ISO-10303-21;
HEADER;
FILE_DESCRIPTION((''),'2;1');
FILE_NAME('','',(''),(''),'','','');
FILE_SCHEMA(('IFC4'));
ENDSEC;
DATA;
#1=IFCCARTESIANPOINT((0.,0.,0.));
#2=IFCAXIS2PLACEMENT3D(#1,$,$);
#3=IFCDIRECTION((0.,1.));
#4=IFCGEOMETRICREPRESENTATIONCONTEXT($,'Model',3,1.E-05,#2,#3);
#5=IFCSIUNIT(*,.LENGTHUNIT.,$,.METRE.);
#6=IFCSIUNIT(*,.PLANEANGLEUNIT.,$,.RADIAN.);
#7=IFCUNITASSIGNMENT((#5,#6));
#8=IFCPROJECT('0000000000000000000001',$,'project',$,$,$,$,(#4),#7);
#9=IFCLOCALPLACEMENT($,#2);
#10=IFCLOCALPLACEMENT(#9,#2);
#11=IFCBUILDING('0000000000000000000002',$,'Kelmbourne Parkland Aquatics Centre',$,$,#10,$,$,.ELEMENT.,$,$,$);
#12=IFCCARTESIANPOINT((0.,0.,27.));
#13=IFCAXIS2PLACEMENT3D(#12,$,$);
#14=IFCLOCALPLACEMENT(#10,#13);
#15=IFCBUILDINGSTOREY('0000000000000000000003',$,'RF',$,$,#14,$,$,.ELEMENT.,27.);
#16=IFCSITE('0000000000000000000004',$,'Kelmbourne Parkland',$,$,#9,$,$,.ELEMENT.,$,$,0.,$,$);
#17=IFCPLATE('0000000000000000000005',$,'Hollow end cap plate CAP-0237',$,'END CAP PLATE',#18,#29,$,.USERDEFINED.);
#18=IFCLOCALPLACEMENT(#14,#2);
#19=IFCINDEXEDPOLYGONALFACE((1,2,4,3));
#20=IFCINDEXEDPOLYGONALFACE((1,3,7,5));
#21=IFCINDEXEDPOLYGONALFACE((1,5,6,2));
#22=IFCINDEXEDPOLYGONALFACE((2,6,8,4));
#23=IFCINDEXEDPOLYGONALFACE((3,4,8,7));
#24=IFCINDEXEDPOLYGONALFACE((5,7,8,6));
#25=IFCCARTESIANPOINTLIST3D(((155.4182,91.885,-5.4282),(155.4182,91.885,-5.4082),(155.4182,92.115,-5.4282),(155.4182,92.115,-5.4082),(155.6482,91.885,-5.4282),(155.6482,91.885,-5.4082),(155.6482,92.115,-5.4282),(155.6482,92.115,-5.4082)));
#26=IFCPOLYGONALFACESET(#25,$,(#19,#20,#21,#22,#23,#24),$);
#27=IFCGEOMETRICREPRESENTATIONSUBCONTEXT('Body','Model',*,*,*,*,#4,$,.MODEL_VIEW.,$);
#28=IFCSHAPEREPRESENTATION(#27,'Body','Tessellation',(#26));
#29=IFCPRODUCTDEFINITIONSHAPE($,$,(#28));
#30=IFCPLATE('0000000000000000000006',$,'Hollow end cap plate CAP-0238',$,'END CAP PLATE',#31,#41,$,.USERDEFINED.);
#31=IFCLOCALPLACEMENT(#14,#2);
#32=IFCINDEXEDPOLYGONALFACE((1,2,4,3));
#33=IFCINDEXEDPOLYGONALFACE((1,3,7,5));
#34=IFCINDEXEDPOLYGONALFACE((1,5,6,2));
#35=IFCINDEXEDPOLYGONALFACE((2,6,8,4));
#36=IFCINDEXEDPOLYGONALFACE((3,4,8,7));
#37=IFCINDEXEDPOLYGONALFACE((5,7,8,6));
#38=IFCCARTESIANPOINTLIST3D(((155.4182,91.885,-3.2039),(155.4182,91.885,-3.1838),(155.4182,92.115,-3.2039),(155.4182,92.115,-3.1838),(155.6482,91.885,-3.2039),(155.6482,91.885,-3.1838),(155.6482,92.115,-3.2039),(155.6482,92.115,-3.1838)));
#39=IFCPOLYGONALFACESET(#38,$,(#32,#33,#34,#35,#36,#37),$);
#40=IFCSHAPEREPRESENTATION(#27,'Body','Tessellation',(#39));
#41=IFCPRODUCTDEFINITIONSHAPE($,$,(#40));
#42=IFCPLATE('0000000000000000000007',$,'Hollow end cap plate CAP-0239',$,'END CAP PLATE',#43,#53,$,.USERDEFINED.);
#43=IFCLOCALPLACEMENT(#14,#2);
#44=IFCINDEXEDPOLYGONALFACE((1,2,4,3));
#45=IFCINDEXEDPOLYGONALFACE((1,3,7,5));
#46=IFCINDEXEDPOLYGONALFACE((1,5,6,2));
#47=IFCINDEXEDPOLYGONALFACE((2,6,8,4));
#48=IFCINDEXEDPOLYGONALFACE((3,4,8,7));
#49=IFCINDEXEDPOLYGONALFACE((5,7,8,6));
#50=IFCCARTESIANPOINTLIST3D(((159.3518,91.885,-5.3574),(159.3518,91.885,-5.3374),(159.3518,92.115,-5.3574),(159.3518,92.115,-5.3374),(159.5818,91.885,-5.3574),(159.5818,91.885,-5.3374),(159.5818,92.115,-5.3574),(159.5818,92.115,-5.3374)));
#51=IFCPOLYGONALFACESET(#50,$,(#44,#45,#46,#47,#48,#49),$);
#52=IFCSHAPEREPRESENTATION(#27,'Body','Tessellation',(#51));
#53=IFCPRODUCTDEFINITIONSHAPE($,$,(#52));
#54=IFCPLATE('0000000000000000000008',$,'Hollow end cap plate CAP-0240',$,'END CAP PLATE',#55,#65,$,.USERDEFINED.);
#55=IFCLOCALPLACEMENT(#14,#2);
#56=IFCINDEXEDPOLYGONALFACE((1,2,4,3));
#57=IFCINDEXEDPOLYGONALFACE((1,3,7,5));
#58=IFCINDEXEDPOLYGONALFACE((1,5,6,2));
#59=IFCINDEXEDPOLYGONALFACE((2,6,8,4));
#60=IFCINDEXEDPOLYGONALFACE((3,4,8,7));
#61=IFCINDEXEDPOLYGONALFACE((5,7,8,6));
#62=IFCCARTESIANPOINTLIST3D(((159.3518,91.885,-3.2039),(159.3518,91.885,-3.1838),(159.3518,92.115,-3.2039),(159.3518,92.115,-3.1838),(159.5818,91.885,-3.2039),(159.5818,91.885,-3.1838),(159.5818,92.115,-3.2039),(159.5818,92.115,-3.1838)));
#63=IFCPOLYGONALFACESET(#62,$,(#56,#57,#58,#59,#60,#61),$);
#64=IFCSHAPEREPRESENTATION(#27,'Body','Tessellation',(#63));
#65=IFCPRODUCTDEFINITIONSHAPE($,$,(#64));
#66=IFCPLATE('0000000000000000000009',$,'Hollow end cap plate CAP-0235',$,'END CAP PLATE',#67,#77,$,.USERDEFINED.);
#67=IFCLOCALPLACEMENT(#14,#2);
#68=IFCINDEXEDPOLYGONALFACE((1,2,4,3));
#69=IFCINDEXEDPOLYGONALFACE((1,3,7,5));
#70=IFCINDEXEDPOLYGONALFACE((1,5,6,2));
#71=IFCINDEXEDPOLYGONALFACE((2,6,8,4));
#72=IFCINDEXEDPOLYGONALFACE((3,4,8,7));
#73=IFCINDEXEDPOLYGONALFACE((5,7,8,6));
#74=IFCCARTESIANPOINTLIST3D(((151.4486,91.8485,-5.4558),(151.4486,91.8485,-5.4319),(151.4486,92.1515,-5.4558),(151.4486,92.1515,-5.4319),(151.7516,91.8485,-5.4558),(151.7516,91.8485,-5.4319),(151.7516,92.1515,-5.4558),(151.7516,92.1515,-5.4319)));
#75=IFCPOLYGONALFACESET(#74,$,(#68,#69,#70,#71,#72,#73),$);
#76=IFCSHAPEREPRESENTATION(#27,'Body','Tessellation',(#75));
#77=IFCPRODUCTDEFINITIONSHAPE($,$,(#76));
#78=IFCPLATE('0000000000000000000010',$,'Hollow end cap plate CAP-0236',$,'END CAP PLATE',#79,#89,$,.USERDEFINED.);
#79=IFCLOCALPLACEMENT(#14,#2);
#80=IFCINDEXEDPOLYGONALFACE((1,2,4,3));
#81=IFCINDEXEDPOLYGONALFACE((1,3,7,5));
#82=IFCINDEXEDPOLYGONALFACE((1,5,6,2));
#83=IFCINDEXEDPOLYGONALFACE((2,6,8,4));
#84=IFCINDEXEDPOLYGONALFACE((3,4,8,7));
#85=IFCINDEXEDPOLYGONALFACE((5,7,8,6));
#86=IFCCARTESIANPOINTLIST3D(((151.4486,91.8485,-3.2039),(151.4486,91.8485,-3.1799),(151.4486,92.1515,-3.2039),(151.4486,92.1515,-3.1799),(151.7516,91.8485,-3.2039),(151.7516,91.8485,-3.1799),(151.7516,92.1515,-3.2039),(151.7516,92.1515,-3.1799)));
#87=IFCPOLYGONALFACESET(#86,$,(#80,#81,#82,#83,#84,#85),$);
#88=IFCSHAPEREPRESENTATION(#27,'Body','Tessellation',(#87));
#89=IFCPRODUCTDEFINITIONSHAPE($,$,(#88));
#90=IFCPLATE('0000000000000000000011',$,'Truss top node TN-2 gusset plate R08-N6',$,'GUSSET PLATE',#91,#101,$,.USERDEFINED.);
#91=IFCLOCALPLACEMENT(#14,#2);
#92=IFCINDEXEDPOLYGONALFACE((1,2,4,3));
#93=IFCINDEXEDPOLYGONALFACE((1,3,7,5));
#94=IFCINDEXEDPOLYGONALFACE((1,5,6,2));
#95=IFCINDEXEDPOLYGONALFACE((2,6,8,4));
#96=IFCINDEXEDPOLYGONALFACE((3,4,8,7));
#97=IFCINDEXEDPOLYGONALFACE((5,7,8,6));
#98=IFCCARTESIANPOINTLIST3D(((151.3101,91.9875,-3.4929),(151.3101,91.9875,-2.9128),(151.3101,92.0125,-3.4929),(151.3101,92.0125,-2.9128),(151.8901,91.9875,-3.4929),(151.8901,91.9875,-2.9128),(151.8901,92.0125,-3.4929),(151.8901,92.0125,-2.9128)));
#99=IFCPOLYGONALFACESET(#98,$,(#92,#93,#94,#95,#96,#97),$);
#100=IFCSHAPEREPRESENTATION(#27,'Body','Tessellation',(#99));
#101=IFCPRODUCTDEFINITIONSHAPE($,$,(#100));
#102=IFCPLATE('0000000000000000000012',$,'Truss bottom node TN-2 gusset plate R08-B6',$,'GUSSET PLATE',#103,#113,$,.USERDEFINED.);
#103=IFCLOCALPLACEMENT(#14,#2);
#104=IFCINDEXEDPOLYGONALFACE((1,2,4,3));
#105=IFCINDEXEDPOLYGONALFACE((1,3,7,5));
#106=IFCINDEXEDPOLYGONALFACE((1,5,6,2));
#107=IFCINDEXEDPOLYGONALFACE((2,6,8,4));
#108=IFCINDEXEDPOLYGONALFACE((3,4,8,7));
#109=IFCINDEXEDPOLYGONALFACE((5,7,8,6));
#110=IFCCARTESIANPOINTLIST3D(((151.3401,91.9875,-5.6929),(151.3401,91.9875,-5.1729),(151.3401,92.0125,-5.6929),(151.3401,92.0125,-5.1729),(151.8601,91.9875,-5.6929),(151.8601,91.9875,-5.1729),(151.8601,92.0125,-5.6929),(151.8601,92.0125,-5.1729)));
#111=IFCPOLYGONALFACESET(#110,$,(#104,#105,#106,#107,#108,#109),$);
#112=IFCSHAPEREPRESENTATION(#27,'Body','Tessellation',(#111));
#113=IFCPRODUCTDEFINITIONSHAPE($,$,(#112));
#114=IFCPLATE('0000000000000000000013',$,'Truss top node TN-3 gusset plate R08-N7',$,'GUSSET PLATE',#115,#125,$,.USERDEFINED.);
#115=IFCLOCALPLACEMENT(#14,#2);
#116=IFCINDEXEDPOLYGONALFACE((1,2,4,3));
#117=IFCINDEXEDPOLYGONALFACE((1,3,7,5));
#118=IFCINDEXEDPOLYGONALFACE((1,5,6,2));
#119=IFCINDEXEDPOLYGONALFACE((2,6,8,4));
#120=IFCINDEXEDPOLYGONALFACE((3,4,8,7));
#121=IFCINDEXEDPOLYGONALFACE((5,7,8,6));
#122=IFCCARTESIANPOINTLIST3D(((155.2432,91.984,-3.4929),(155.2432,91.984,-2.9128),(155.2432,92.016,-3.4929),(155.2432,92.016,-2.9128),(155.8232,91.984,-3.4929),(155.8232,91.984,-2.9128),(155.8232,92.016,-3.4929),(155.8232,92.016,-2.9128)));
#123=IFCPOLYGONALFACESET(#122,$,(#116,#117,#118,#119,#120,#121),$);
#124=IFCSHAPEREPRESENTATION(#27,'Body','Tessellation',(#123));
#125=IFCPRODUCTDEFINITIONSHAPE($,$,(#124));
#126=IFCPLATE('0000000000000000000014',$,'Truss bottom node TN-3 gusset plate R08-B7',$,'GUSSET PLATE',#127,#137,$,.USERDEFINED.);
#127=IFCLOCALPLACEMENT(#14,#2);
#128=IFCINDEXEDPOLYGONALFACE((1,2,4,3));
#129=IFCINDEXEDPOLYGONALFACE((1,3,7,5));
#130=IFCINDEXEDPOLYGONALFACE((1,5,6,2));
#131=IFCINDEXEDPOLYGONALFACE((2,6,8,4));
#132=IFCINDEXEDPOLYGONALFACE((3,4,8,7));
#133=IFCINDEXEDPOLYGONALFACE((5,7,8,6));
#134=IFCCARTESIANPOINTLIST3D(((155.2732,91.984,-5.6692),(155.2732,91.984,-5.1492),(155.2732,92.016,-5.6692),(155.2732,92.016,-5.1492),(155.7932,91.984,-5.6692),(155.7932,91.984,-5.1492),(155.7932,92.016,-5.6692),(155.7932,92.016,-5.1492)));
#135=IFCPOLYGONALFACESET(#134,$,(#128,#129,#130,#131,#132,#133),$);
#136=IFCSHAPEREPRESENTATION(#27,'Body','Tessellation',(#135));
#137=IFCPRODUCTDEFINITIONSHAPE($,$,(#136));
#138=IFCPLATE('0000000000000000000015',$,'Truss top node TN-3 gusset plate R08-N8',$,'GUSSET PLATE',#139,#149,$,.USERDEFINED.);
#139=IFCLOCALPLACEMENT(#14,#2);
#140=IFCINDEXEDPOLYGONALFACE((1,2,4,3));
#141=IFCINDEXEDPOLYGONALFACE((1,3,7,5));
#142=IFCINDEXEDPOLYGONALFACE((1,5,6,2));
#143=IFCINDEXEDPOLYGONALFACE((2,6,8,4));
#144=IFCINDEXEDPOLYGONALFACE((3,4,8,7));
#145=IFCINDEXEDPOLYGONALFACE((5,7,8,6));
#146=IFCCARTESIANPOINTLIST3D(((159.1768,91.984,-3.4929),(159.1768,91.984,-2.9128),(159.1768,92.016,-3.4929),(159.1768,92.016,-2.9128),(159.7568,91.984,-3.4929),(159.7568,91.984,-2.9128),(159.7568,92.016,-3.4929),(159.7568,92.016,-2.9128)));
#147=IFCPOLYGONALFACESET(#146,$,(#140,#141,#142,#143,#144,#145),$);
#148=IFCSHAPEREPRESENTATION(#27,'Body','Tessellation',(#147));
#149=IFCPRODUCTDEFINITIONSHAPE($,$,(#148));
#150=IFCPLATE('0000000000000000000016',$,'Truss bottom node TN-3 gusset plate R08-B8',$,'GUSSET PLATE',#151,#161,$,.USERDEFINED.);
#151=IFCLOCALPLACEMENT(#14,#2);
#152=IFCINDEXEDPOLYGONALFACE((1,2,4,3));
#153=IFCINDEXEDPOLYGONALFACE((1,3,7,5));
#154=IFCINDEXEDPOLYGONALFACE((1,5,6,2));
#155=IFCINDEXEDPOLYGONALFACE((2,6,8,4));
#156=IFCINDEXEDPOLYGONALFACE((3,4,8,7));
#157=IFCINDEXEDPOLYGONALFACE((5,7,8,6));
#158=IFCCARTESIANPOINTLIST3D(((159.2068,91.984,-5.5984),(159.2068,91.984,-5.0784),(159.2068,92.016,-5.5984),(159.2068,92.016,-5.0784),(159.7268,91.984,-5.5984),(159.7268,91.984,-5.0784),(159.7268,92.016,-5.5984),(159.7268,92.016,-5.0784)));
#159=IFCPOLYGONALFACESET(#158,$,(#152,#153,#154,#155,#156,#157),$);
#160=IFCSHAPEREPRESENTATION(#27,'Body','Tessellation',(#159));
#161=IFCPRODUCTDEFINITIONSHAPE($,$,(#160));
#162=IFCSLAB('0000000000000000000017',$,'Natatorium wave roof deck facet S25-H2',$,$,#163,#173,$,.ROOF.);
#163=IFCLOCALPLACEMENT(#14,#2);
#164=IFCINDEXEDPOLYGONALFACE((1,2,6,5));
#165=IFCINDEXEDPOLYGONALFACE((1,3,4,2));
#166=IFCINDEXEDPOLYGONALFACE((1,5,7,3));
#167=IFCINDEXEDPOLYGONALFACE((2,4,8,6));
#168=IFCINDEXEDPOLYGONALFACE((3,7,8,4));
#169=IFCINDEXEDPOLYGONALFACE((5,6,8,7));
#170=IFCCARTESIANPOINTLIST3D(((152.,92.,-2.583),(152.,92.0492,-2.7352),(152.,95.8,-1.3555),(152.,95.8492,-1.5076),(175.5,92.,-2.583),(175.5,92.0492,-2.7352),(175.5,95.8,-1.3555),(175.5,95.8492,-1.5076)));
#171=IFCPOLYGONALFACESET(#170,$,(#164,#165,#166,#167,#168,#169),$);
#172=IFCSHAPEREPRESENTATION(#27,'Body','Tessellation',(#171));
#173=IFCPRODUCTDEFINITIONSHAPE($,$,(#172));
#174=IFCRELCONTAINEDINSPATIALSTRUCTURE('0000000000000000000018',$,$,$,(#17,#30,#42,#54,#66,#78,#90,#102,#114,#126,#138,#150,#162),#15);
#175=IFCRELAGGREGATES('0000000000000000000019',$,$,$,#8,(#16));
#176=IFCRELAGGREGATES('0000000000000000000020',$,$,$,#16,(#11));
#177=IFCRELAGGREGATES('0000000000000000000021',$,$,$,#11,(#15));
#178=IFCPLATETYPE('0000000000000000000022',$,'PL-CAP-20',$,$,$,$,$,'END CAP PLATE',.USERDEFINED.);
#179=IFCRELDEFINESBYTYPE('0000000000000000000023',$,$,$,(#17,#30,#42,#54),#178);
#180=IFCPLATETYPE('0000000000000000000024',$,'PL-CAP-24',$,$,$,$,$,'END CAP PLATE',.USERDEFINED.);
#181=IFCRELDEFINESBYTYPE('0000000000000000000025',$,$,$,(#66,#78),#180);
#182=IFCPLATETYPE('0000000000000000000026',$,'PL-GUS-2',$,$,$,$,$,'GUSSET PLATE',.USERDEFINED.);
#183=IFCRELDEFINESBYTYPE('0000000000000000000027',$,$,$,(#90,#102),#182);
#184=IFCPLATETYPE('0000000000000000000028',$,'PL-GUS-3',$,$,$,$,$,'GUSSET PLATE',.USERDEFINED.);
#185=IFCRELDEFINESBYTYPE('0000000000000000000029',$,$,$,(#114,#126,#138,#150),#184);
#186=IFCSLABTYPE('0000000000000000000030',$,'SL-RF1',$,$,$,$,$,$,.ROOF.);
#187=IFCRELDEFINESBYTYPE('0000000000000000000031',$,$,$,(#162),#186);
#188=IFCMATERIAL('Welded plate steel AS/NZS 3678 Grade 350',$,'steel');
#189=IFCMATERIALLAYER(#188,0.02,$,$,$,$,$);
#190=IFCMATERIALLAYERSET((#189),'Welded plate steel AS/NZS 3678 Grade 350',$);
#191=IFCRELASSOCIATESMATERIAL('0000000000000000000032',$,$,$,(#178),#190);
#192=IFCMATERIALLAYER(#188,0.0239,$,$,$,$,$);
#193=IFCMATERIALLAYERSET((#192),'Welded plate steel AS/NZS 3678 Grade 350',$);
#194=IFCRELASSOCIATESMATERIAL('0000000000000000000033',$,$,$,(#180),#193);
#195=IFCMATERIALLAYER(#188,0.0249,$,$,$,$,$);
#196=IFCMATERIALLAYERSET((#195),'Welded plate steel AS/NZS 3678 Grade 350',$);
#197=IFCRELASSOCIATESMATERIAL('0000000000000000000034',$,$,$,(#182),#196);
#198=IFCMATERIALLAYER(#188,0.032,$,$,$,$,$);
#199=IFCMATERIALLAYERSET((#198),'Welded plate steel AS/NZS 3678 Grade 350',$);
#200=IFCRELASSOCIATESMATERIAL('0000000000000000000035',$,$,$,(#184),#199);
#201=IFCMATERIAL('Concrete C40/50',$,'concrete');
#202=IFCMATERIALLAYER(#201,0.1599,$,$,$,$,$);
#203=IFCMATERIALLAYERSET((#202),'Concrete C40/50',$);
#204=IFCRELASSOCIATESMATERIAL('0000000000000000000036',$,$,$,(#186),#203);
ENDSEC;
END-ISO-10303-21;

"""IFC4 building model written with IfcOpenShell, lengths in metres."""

from ifc_helpers import new_model, si_unit, direction, frame, origin, origin_2d, place, context, subcontext, project, spatial, polyline, rectangle, outline, extrude, material, layer, layer_set, type_object, element, save


model = new_model("IFC4")

# Units and contexts
model_context = context("Model", 3, precision=1e-05, world=origin(), true_north=direction((0.0, 1.0)))
body_context = subcontext(model_context, "Body", "Model", "MODEL_VIEW")
ifc_project = project(units=[si_unit("LENGTHUNIT", "METRE"), si_unit("PLANEANGLEUNIT", "RADIAN")], contexts=[model_context])

# Site, building, storey
site_placement = place(None, origin())
site = spatial("IfcSite", under=ifc_project, at=site_placement, Name="Kelmbourne Parkland", CompositionType="ELEMENT", RefElevation=0.0)
building_placement = place(site_placement, origin())
building = spatial("IfcBuilding", under=site, at=building_placement, Name="Kelmbourne Parkland Aquatics Centre", CompositionType="ELEMENT")
storey_placement = place(building_placement, frame((0.0, 0.0, 27.0)))
storey = spatial("IfcBuildingStorey", under=building, at=storey_placement, Name="RF", CompositionType="ELEMENT", Elevation=27.0)

# Shared definitions
ifc_material_1 = material(Name="Welded plate steel AS/NZS 3678 Grade 350", Category="steel")

# Plates
ifc_layer_1 = layer(ifc_material_1, 0.02)
ifc_layer_set_1 = layer_set([ifc_layer_1], Name="Welded plate steel AS/NZS 3678 Grade 350")
plate_type_1 = type_object("IfcPlateType", Name="PL-CAP-20", ElementType="END CAP PLATE", PredefinedType="USERDEFINED", material=ifc_layer_set_1)
for number, where, z_axis, x_axis, name in (
    (1, (155.5332, 92.0, -5.4282), (0.0, 0.0, 1.0), (1.0, 0.0, 0.0), "Hollow end cap plate CAP-0237"),
    (2, (155.5332, 92.0, -3.2039), (0.0, 0.0, 1.0), (1.0, 0.0, 0.0), "Hollow end cap plate CAP-0238"),
    (3, (159.4668, 92.0, -5.3574), (0.0, 0.0, 1.0), (1.0, 0.0, 0.0), "Hollow end cap plate CAP-0239"),
    (4, (159.4668, 92.0, -3.2039), (0.0, 0.0, 1.0), (1.0, 0.0, 0.0), "Hollow end cap plate CAP-0240"),
):
    element("IfcPlate", number, at=place(storey_placement, frame(where, z_axis=z_axis, x_axis=x_axis)), inside=storey, type_object=plate_type_1, Name=name, ObjectType="END CAP PLATE", PredefinedType="USERDEFINED", context=body_context, shape_type="SweptSolid", body=[
        extrude(rectangle(XDim=0.23, YDim=0.23, at=origin_2d()), origin(), (0.0, 0.0, 1.0), 0.02),
    ])
ifc_layer_2 = layer(ifc_material_1, 0.0239)
ifc_layer_set_2 = layer_set([ifc_layer_2], Name="Welded plate steel AS/NZS 3678 Grade 350")
plate_type_2 = type_object("IfcPlateType", Name="PL-CAP-24", ElementType="END CAP PLATE", PredefinedType="USERDEFINED", material=ifc_layer_set_2)
for number, where, z_axis, x_axis, name in (
    (5, (151.6001, 92.0, -5.4558), (0.0, 0.0, 1.0), (1.0, 0.0, 0.0), "Hollow end cap plate CAP-0235"),
    (6, (151.6001, 92.0, -3.2039), (0.0, 0.0, 1.0), (1.0, 0.0, 0.0), "Hollow end cap plate CAP-0236"),
):
    element("IfcPlate", number, at=place(storey_placement, frame(where, z_axis=z_axis, x_axis=x_axis)), inside=storey, type_object=plate_type_2, Name=name, ObjectType="END CAP PLATE", PredefinedType="USERDEFINED", context=body_context, shape_type="SweptSolid", body=[
        extrude(rectangle(XDim=0.303, YDim=0.303, at=origin_2d()), origin(), (0.0, 0.0, 1.0), 0.0239),
    ])
ifc_layer_3 = layer(ifc_material_1, 0.0249)
ifc_layer_set_3 = layer_set([ifc_layer_3], Name="Welded plate steel AS/NZS 3678 Grade 350")
plate_type_3 = type_object("IfcPlateType", Name="PL-GUS-2", ElementType="GUSSET PLATE", PredefinedType="USERDEFINED", material=ifc_layer_set_3)
plate_1_placement = place(storey_placement, frame((151.6001, 92.0, -3.4929), z_axis=(0.0, 0.0, 1.0), x_axis=(1.0, 0.0, 0.0)))
element("IfcPlate", 7, at=plate_1_placement, inside=storey, type_object=plate_type_3, Name="Truss top node TN-2 gusset plate R08-N6", ObjectType="GUSSET PLATE", PredefinedType="USERDEFINED", context=body_context, shape_type="SweptSolid", body=[
    extrude(rectangle(XDim=0.5801, YDim=0.0249, at=origin_2d()), origin(), (0.0, 0.0, 1.0), 0.5801),
])
plate_2_placement = place(storey_placement, frame((151.6001, 92.0, -5.6929), z_axis=(0.0, 0.0, 1.0), x_axis=(1.0, 0.0, 0.0)))
element("IfcPlate", 8, at=plate_2_placement, inside=storey, type_object=plate_type_3, Name="Truss bottom node TN-2 gusset plate R08-B6", ObjectType="GUSSET PLATE", PredefinedType="USERDEFINED", context=body_context, shape_type="SweptSolid", body=[
    extrude(rectangle(XDim=0.52, YDim=0.0249, at=origin_2d()), origin(), (0.0, 0.0, 1.0), 0.52),
])
ifc_layer_4 = layer(ifc_material_1, 0.032)
ifc_layer_set_4 = layer_set([ifc_layer_4], Name="Welded plate steel AS/NZS 3678 Grade 350")
plate_type_4 = type_object("IfcPlateType", Name="PL-GUS-3", ElementType="GUSSET PLATE", PredefinedType="USERDEFINED", material=ifc_layer_set_4)
plate_3_placement = place(storey_placement, frame((155.5332, 92.0, -3.4929), z_axis=(0.0, 0.0, 1.0), x_axis=(1.0, 0.0, 0.0)))
element("IfcPlate", 9, at=plate_3_placement, inside=storey, type_object=plate_type_4, Name="Truss top node TN-3 gusset plate R08-N7", ObjectType="GUSSET PLATE", PredefinedType="USERDEFINED", context=body_context, shape_type="SweptSolid", body=[
    extrude(rectangle(XDim=0.5801, YDim=0.032, at=origin_2d()), origin(), (0.0, 0.0, 1.0), 0.5801),
])
plate_4_placement = place(storey_placement, frame((155.5332, 92.0, -5.6692), z_axis=(0.0, 0.0, 1.0), x_axis=(1.0, 0.0, 0.0)))
element("IfcPlate", 10, at=plate_4_placement, inside=storey, type_object=plate_type_4, Name="Truss bottom node TN-3 gusset plate R08-B7", ObjectType="GUSSET PLATE", PredefinedType="USERDEFINED", context=body_context, shape_type="SweptSolid", body=[
    extrude(rectangle(XDim=0.52, YDim=0.032, at=origin_2d()), origin(), (0.0, 0.0, 1.0), 0.52),
])
plate_5_placement = place(storey_placement, frame((159.4668, 92.0, -3.4929), z_axis=(0.0, 0.0, 1.0), x_axis=(1.0, 0.0, 0.0)))
element("IfcPlate", 11, at=plate_5_placement, inside=storey, type_object=plate_type_4, Name="Truss top node TN-3 gusset plate R08-N8", ObjectType="GUSSET PLATE", PredefinedType="USERDEFINED", context=body_context, shape_type="SweptSolid", body=[
    extrude(rectangle(XDim=0.5801, YDim=0.032, at=origin_2d()), origin(), (0.0, 0.0, 1.0), 0.5801),
])
plate_6_placement = place(storey_placement, frame((159.4668, 92.0, -5.5984), z_axis=(0.0, 0.0, 1.0), x_axis=(1.0, 0.0, 0.0)))
element("IfcPlate", 12, at=plate_6_placement, inside=storey, type_object=plate_type_4, Name="Truss bottom node TN-3 gusset plate R08-B8", ObjectType="GUSSET PLATE", PredefinedType="USERDEFINED", context=body_context, shape_type="SweptSolid", body=[
    extrude(rectangle(XDim=0.52, YDim=0.032, at=origin_2d()), origin(), (0.0, 0.0, 1.0), 0.52),
])

# Slab
ifc_material_2 = material(Name="Concrete C40/50", Category="concrete")
ifc_layer_5 = layer(ifc_material_2, 0.1599)
ifc_layer_set_5 = layer_set([ifc_layer_5], Name="Concrete C40/50")
slab_type = type_object("IfcSlabType", Name="SL-RF1", PredefinedType="ROOF", material=ifc_layer_set_5)
slab_placement = place(storey_placement, frame((152.0, 92.0, -2.583), z_axis=(0.0, -0.307392, 0.951583), x_axis=(1.0, 0.0, 0.0)))
element("IfcSlab", 13, at=slab_placement, inside=storey, type_object=slab_type, Name="Natatorium wave roof deck facet S25-H2", PredefinedType="ROOF", context=body_context, shape_type="SweptSolid", body=[
    extrude(outline(polyline([(0.0, 0.0), (23.5, 0.0), (23.5, 3.9934), (0.0, 3.9934), (0.0, 0.0)])), origin(), (0.0, 0.0, -1.0), 0.1599),
])

save(model, "model.ifc")
